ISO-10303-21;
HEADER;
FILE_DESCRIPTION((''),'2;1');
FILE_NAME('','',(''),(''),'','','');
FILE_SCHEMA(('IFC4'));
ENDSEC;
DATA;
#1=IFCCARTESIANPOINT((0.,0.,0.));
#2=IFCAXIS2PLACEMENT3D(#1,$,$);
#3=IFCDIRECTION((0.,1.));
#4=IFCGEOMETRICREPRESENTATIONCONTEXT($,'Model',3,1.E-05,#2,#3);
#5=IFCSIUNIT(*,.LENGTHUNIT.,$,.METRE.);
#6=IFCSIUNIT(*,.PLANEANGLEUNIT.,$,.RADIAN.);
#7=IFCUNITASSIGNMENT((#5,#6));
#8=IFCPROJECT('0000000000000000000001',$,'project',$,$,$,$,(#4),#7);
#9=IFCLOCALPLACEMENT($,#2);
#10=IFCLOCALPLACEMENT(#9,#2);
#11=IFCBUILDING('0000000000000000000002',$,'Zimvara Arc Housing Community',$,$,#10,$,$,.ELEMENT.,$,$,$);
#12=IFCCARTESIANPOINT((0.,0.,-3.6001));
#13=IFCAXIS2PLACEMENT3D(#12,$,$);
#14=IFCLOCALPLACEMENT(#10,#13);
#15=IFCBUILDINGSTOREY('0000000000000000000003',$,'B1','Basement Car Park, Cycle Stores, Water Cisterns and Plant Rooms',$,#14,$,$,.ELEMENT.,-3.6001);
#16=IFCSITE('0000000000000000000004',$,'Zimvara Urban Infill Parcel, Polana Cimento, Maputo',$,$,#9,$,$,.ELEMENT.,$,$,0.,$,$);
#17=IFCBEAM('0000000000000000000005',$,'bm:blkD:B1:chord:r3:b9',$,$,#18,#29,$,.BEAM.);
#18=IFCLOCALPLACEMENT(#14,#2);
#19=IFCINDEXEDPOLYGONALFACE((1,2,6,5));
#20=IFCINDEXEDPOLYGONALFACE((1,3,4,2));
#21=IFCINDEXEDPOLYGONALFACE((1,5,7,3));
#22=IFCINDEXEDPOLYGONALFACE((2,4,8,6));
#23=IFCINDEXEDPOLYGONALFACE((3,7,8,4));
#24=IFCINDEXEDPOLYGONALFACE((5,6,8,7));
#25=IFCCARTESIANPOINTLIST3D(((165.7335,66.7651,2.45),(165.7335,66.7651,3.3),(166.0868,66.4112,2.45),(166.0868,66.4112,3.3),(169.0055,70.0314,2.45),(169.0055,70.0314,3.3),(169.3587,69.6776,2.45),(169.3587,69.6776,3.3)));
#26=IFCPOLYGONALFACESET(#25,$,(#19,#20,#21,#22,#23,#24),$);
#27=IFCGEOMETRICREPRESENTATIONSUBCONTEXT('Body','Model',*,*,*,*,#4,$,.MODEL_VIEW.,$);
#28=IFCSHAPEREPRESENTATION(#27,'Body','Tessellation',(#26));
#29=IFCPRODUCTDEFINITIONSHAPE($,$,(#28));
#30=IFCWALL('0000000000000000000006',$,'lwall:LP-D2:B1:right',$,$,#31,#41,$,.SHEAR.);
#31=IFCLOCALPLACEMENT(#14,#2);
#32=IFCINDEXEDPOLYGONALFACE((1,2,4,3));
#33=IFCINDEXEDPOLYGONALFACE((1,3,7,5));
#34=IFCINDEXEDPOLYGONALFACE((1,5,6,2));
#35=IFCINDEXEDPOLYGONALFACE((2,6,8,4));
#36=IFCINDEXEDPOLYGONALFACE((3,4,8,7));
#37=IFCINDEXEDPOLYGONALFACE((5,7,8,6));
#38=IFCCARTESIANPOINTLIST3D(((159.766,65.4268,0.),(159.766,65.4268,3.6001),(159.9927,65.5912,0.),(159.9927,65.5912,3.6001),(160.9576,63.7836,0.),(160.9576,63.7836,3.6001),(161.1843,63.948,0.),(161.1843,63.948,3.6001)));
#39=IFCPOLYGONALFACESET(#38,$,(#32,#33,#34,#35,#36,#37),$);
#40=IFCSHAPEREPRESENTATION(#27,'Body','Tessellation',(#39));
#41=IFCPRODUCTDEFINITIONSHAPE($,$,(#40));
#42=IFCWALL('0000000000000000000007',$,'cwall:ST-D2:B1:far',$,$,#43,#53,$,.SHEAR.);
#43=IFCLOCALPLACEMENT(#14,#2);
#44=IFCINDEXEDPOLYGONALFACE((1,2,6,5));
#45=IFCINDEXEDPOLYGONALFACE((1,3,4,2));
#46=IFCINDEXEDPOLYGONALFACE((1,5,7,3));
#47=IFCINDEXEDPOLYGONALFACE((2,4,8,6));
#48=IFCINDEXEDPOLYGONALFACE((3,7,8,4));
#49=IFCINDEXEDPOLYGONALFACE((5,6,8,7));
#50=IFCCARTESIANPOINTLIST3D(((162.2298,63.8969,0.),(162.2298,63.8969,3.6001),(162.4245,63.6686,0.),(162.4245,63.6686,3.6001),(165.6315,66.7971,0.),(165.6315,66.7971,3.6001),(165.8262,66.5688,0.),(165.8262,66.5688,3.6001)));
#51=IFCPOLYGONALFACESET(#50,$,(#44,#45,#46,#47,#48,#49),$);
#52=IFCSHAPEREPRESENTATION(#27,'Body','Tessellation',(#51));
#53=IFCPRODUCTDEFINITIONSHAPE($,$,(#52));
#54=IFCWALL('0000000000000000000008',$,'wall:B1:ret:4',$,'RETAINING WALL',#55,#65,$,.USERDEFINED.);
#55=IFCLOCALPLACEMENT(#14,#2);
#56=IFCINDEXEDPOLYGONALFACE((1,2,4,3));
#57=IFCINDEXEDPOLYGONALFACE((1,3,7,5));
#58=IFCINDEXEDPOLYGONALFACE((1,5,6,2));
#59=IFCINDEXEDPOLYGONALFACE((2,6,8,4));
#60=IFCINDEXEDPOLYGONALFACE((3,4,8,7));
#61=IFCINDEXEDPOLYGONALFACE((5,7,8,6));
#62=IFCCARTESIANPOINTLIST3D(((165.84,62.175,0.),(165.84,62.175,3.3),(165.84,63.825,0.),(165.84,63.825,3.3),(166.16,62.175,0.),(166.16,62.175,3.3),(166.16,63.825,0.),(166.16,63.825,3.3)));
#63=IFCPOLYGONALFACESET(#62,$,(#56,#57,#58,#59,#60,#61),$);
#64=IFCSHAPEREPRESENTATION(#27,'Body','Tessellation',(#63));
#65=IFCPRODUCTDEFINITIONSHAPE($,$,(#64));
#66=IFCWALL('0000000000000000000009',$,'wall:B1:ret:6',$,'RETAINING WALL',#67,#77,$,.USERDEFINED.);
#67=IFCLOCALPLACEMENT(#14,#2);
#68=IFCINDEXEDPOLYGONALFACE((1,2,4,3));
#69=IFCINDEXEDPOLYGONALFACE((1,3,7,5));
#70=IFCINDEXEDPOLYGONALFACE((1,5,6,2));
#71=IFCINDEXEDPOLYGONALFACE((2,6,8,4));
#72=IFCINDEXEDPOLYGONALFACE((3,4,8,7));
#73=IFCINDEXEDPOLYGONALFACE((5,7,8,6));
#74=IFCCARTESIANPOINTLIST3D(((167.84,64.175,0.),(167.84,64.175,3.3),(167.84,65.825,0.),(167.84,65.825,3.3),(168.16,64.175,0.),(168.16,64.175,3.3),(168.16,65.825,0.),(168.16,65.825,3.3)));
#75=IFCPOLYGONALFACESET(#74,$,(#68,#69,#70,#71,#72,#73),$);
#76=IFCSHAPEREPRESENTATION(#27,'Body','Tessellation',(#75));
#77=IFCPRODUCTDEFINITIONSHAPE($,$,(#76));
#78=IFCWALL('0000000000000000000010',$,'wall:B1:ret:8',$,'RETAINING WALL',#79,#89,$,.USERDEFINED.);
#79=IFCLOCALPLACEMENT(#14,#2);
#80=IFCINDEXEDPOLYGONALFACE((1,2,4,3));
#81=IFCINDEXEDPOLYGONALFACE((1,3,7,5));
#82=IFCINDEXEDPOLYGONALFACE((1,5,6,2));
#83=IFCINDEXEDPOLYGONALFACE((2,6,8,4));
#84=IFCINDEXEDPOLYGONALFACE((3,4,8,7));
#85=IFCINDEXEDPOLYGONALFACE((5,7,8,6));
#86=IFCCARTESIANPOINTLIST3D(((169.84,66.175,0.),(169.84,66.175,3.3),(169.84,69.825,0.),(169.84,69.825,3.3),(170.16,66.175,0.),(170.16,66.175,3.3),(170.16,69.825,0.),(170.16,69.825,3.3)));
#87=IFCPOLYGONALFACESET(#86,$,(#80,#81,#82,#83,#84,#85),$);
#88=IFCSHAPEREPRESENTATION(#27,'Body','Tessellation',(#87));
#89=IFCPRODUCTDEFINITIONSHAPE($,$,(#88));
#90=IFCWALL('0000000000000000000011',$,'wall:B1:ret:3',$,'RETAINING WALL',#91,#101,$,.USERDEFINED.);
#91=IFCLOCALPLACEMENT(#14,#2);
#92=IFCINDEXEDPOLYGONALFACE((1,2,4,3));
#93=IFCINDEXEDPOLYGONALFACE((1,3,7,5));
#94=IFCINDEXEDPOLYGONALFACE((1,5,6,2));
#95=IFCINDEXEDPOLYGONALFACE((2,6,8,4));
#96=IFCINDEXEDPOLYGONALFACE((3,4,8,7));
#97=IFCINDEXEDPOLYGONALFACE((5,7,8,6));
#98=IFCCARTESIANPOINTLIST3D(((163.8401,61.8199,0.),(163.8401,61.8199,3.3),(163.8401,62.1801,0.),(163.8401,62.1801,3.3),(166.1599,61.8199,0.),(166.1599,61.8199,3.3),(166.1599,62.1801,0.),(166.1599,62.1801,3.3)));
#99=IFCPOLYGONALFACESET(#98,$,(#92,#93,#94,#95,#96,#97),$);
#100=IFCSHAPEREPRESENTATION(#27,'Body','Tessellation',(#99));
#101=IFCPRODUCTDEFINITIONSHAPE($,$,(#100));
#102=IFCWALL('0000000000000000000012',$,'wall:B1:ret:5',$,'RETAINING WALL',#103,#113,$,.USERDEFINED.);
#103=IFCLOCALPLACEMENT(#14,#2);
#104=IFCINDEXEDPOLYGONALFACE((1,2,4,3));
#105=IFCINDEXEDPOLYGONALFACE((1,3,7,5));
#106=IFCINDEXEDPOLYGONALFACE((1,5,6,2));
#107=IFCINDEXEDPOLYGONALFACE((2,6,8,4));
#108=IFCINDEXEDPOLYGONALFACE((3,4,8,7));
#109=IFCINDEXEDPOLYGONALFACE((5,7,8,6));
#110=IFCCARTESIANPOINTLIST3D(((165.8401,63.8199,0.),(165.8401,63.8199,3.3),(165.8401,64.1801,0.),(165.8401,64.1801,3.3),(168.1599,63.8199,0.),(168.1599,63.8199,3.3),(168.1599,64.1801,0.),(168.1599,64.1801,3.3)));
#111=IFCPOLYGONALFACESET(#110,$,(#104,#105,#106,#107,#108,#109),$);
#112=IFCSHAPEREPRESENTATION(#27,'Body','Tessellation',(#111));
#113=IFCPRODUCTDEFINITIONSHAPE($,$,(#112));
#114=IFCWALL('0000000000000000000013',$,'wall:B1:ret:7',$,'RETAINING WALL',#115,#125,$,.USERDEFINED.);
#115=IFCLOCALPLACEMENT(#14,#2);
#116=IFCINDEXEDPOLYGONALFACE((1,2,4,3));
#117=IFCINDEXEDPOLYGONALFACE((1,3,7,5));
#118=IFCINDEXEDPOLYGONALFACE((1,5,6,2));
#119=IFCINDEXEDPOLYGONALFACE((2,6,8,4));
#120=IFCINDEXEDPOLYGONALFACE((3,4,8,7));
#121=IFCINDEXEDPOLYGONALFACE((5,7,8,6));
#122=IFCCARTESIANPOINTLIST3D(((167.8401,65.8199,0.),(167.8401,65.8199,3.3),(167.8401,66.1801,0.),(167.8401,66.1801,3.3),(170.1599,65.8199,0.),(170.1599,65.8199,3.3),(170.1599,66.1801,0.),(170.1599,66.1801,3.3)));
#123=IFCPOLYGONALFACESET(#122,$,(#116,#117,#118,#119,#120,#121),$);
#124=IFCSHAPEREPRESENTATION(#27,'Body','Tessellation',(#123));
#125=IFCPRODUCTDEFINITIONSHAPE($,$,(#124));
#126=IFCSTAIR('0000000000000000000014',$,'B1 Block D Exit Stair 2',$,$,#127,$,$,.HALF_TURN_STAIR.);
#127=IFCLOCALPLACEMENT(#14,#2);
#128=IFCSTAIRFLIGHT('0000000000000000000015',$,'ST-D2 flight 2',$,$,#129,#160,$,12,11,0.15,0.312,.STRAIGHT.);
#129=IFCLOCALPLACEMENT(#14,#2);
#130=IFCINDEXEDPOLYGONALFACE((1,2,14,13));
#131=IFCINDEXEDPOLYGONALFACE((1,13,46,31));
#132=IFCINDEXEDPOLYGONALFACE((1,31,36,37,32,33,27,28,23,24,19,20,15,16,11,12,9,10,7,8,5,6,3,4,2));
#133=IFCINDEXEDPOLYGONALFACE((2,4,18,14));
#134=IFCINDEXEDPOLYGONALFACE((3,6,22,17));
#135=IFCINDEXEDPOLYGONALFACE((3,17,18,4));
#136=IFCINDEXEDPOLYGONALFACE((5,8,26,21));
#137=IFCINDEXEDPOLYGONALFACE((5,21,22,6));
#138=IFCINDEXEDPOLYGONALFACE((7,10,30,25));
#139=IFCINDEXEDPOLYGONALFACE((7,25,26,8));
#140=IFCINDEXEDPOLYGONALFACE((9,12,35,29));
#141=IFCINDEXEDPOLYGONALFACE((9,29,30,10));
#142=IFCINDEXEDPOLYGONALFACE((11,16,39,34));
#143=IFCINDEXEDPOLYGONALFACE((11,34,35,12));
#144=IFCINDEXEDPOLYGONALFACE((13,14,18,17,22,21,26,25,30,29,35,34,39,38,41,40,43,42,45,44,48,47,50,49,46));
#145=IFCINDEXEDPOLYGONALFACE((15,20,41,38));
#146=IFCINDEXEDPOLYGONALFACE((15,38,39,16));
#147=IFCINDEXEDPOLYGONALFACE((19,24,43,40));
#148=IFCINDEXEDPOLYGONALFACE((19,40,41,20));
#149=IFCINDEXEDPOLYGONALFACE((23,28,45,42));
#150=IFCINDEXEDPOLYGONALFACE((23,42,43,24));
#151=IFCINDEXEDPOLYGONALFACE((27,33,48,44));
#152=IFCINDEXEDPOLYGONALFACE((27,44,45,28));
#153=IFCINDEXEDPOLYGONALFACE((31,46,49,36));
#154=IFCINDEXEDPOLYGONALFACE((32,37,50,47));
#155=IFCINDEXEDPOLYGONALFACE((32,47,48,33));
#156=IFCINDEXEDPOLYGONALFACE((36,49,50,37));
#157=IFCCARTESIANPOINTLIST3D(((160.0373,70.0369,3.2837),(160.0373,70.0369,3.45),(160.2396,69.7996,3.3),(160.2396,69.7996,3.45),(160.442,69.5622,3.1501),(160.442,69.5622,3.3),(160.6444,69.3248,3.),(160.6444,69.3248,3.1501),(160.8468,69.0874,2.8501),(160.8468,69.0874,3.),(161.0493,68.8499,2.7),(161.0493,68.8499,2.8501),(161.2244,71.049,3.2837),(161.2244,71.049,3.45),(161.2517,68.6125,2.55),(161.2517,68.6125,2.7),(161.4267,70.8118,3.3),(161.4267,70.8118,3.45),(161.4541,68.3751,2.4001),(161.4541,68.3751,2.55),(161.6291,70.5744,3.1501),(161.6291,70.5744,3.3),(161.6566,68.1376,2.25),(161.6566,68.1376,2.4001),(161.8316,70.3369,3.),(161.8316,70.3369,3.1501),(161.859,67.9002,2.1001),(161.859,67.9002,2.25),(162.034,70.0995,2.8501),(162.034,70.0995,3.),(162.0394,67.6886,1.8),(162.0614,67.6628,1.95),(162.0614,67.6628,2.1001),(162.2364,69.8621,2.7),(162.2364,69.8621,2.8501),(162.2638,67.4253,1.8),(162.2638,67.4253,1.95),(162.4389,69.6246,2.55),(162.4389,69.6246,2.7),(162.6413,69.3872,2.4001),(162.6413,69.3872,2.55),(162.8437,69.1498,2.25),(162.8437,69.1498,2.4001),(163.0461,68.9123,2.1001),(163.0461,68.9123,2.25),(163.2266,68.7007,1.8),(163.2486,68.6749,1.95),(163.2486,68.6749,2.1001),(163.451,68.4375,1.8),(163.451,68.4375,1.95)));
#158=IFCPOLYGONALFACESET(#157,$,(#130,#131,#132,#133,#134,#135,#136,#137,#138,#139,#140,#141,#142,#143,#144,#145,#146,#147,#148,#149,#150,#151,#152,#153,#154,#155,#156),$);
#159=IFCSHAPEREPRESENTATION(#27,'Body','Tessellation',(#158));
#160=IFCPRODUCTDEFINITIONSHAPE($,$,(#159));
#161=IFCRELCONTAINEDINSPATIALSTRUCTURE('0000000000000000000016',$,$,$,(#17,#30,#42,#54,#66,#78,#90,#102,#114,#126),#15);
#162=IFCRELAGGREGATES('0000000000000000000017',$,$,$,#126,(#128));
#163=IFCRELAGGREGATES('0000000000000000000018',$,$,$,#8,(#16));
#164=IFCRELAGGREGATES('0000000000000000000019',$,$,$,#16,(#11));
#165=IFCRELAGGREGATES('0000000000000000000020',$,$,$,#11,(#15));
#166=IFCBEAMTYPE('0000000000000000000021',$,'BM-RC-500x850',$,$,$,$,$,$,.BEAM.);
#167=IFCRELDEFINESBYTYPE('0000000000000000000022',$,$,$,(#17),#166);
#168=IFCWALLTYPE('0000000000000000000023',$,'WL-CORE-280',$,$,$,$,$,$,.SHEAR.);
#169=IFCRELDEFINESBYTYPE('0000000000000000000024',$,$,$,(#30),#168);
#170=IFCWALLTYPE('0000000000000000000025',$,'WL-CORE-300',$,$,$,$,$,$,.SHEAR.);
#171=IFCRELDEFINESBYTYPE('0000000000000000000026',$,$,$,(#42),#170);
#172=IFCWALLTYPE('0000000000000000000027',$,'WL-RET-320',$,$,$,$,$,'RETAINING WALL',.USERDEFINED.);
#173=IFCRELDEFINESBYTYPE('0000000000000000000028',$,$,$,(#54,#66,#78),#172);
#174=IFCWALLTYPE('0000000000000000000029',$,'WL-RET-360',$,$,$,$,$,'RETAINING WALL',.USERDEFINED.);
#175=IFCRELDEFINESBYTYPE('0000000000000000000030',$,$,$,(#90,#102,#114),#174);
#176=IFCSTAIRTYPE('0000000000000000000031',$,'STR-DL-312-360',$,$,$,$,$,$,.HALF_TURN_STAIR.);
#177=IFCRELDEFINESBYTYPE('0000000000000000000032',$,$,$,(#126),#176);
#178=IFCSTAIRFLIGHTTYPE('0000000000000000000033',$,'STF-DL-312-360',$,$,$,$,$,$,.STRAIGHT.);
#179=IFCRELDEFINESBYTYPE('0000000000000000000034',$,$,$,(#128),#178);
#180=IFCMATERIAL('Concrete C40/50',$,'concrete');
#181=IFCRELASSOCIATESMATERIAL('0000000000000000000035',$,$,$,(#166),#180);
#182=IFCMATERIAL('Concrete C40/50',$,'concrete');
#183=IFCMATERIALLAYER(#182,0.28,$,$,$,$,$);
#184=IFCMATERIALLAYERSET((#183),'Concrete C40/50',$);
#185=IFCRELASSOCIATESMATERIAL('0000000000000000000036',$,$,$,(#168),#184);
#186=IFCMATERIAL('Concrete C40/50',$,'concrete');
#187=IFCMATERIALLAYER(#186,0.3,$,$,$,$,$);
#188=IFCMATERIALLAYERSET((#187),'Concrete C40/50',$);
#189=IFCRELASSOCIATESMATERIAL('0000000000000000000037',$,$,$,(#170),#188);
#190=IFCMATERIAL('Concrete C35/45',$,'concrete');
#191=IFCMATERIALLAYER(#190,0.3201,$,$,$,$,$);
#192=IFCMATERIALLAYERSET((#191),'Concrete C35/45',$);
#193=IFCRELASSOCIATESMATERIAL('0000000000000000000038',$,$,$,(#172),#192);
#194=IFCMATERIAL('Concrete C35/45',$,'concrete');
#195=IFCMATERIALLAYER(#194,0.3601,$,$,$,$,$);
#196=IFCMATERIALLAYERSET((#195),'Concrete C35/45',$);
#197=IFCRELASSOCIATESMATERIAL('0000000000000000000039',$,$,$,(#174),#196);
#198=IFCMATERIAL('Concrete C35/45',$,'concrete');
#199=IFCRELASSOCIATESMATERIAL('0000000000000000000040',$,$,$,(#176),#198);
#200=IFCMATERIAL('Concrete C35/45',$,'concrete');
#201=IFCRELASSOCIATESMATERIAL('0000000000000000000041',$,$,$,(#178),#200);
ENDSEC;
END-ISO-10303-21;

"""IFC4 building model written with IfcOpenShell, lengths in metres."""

from ifc_helpers import new_model, si_unit, direction, frame, frame_2d, origin, origin_2d, place, context, subcontext, project, spatial, polyline, rectangle, outline, extrude, material, layer, layer_set, material_profile, profile_set, type_object, element, aggregate, save


model = new_model("IFC4")

# Units and contexts
model_context = context("Model", 3, precision=1e-05, world=origin(), true_north=direction((0.0, 1.0)))
body_context = subcontext(model_context, "Body", "Model", "MODEL_VIEW")
ifc_project = project(units=[si_unit("LENGTHUNIT", "METRE"), si_unit("PLANEANGLEUNIT", "RADIAN")], contexts=[model_context])

# Site, building, storey
site_placement = place(None, origin())
site = spatial("IfcSite", under=ifc_project, at=site_placement, Name="Zimvara Urban Infill Parcel, Polana Cimento, Maputo", CompositionType="ELEMENT", RefElevation=0.0)
building_placement = place(site_placement, origin())
building = spatial("IfcBuilding", under=site, at=building_placement, Name="Zimvara Arc Housing Community", CompositionType="ELEMENT")
storey_placement = place(building_placement, frame((0.0, 0.0, -3.6001)))
storey = spatial("IfcBuildingStorey", under=building, at=storey_placement, Name="B1", Description="Basement Car Park, Cycle Stores, Water Cisterns and Plant Rooms", CompositionType="ELEMENT", Elevation=-3.6001)

# Beam
ifc_material_1 = material(Name="Concrete C40/50", Category="concrete")
ifc_material_profile_1 = material_profile(ifc_material_1, rectangle(XDim=0.5, YDim=0.8501, at=origin_2d()), Name="RC 500x850")
ifc_profile_set_1 = profile_set([ifc_material_profile_1], Name="Concrete C40/50")
beam_type_1 = type_object("IfcBeamType", Name="BM-RC-500x850", PredefinedType="BEAM", material=ifc_profile_set_1)
for number, where, z_axis, x_axis, name in (
    (1, (165.9102, 66.5881, 2.875), (0.707714, 0.706499, 0.0), (-0.706499, 0.707714, 0.0), "bm:blkD:B1:chord:r3:b9"),
):
    element("IfcBeam", number, at=place(storey_placement, frame(where, z_axis=z_axis, x_axis=x_axis)), inside=storey, type_object=beam_type_1, Name=name, PredefinedType="BEAM", context=body_context, shape_type="SweptSolid", body=[
        extrude(rectangle(XDim=0.5, YDim=0.8501, at=origin_2d()), origin(), (0.0, 0.0, 1.0), 4.6233),
    ])

# Walls
ifc_material_2 = material(Name="Concrete C40/50", Category="concrete")
ifc_layer_1 = layer(ifc_material_2, 0.28)
ifc_layer_set_1 = layer_set([ifc_layer_1], Name="Concrete C40/50")
wall_type_1 = type_object("IfcWallType", Name="WL-CORE-280", PredefinedType="SHEAR", material=ifc_layer_set_1)
wall_1_placement = place(storey_placement, frame((159.8794, 65.509, 0.0), z_axis=(0.0, 0.0, 1.0), x_axis=(0.587048, -0.809552, 0.0)))
element("IfcWall", 2, at=wall_1_placement, inside=storey, type_object=wall_type_1, Name="lwall:LP-D2:B1:right", PredefinedType="SHEAR", context=body_context, shape_type="SweptSolid", body=[
    extrude(rectangle(XDim=2.0298, YDim=0.28, at=frame_2d((1.0149, 0.0))), origin(), (0.0, 0.0, 1.0), 3.6001),
])
ifc_material_3 = material(Name="Concrete C40/50", Category="concrete")
ifc_layer_2 = layer(ifc_material_3, 0.3)
ifc_layer_set_2 = layer_set([ifc_layer_2], Name="Concrete C40/50")
wall_type_2 = type_object("IfcWallType", Name="WL-CORE-300", PredefinedType="SHEAR", material=ifc_layer_set_2)
wall_2_placement = place(storey_placement, frame((162.3271, 63.7827, 0.0), z_axis=(0.0, 0.0, 1.0), x_axis=(0.76097, 0.648788, 0.0)))
element("IfcWall", 3, at=wall_2_placement, inside=storey, type_object=wall_type_2, Name="cwall:ST-D2:B1:far", PredefinedType="SHEAR", context=body_context, shape_type="SweptSolid", body=[
    extrude(rectangle(XDim=4.4702, YDim=0.3, at=frame_2d((2.2351, 0.0))), origin(), (0.0, 0.0, 1.0), 3.6001),
])
ifc_material_4 = material(Name="Concrete C35/45", Category="concrete")
ifc_layer_3 = layer(ifc_material_4, 0.3201)
ifc_layer_set_3 = layer_set([ifc_layer_3], Name="Concrete C35/45")
wall_type_3 = type_object("IfcWallType", Name="WL-RET-320", ElementType="RETAINING WALL", PredefinedType="USERDEFINED", material=ifc_layer_set_3)
for number, where, z_axis, x_axis, name in (
    (4, (166.0, 62.175, 0.0), (0.0, 0.0, 1.0), (0.0, 1.0, 0.0), "wall:B1:ret:4"),
    (5, (168.0, 64.175, 0.0), (0.0, 0.0, 1.0), (0.0, 1.0, 0.0), "wall:B1:ret:6"),
):
    element("IfcWall", number, at=place(storey_placement, frame(where, z_axis=z_axis, x_axis=x_axis)), inside=storey, type_object=wall_type_3, Name=name, ObjectType="RETAINING WALL", PredefinedType="USERDEFINED", context=body_context, shape_type="SweptSolid", body=[
        extrude(rectangle(XDim=1.6499, YDim=0.3201, at=frame_2d((0.825, 0.0))), origin(), (0.0, 0.0, 1.0), 3.3),
    ])
wall_3_placement = place(storey_placement, frame((170.0, 66.175, 0.0), z_axis=(0.0, 0.0, 1.0), x_axis=(0.0, 1.0, 0.0)))
element("IfcWall", 6, at=wall_3_placement, inside=storey, type_object=wall_type_3, Name="wall:B1:ret:8", ObjectType="RETAINING WALL", PredefinedType="USERDEFINED", context=body_context, shape_type="SweptSolid", body=[
    extrude(rectangle(XDim=3.6499, YDim=0.3201, at=frame_2d((1.825, 0.0))), origin(), (0.0, 0.0, 1.0), 3.3),
])
ifc_material_5 = material(Name="Concrete C35/45", Category="concrete")
ifc_layer_4 = layer(ifc_material_5, 0.3601)
ifc_layer_set_4 = layer_set([ifc_layer_4], Name="Concrete C35/45")
wall_type_4 = type_object("IfcWallType", Name="WL-RET-360", ElementType="RETAINING WALL", PredefinedType="USERDEFINED", material=ifc_layer_set_4)
for number, where, z_axis, x_axis, name in (
    (7, (163.8401, 62.0, 0.0), (0.0, 0.0, 1.0), (1.0, 0.0, 0.0), "wall:B1:ret:3"),
    (8, (165.8401, 64.0, 0.0), (0.0, 0.0, 1.0), (1.0, 0.0, 0.0), "wall:B1:ret:5"),
    (9, (167.8401, 66.0, 0.0), (0.0, 0.0, 1.0), (1.0, 0.0, 0.0), "wall:B1:ret:7"),
):
    element("IfcWall", number, at=place(storey_placement, frame(where, z_axis=z_axis, x_axis=x_axis)), inside=storey, type_object=wall_type_4, Name=name, ObjectType="RETAINING WALL", PredefinedType="USERDEFINED", context=body_context, shape_type="SweptSolid", body=[
        extrude(rectangle(XDim=2.3198, YDim=0.3601, at=frame_2d((1.1599, 0.0))), origin(), (0.0, 0.0, 1.0), 3.3),
    ])

# Stair, stair flight
ifc_material_6 = material(Name="Concrete C35/45", Category="concrete")
stair_type = type_object("IfcStairType", Name="STR-DL-312-360", PredefinedType="HALF_TURN_STAIR", material=ifc_material_6)
stair_placement = place(storey_placement, origin())
stair = element("IfcStair", 10, at=stair_placement, inside=storey, type_object=stair_type, Name="B1 Block D Exit Stair 2", PredefinedType="HALF_TURN_STAIR")
ifc_material_7 = material(Name="Concrete C35/45", Category="concrete")
stair_flight_type = type_object("IfcStairFlightType", Name="STF-DL-312-360", PredefinedType="STRAIGHT", material=ifc_material_7)
stair_flight_placement = place(storey_placement, frame((162.8574, 67.9314, 1.8), z_axis=(0.0, 0.0, 1.0), x_axis=(-0.648784, 0.760972, 0.0)))
stair_flight = element("IfcStairFlight", 11, at=stair_flight_placement, type_object=stair_flight_type, Name="ST-D2 flight 2", NumberOfRisers=12, NumberOfTreads=11, PredefinedType="STRAIGHT", RiserHeight=0.15, TreadLength=0.312, context=body_context, shape_type="SweptSolid", body=[
    extrude(outline(polyline([(0.0, 0.0), (0.0, 0.1499), (0.312, 0.1499), (0.312, 0.3), (0.624, 0.3), (0.624, 0.45), (0.936, 0.45), (0.936, 0.6001), (1.248, 0.6001), (1.248, 0.75), (1.5601, 0.75), (1.5601, 0.8999), (1.8721, 0.8999), (1.8721, 1.05), (2.1841, 1.05), (2.1841, 1.2), (2.4961, 1.2), (2.4961, 1.3501), (2.8081, 1.3501), (2.8081, 1.5), (3.1201, 1.5), (3.1201, 1.6499), (3.4319, 1.6499), (3.4319, 1.8), (3.4319, 1.4836), (0.3459, 0.0), (0.0, 0.0)])), frame((0.0, 0.78, 0.0), z_axis=(0.0, -1.0, 0.0), x_axis=(1.0, 0.0, 0.0)), (0.0, 0.0, 1.0), 1.5601),
])
aggregate(stair, [stair_flight])

save(model, "model.ifc")
